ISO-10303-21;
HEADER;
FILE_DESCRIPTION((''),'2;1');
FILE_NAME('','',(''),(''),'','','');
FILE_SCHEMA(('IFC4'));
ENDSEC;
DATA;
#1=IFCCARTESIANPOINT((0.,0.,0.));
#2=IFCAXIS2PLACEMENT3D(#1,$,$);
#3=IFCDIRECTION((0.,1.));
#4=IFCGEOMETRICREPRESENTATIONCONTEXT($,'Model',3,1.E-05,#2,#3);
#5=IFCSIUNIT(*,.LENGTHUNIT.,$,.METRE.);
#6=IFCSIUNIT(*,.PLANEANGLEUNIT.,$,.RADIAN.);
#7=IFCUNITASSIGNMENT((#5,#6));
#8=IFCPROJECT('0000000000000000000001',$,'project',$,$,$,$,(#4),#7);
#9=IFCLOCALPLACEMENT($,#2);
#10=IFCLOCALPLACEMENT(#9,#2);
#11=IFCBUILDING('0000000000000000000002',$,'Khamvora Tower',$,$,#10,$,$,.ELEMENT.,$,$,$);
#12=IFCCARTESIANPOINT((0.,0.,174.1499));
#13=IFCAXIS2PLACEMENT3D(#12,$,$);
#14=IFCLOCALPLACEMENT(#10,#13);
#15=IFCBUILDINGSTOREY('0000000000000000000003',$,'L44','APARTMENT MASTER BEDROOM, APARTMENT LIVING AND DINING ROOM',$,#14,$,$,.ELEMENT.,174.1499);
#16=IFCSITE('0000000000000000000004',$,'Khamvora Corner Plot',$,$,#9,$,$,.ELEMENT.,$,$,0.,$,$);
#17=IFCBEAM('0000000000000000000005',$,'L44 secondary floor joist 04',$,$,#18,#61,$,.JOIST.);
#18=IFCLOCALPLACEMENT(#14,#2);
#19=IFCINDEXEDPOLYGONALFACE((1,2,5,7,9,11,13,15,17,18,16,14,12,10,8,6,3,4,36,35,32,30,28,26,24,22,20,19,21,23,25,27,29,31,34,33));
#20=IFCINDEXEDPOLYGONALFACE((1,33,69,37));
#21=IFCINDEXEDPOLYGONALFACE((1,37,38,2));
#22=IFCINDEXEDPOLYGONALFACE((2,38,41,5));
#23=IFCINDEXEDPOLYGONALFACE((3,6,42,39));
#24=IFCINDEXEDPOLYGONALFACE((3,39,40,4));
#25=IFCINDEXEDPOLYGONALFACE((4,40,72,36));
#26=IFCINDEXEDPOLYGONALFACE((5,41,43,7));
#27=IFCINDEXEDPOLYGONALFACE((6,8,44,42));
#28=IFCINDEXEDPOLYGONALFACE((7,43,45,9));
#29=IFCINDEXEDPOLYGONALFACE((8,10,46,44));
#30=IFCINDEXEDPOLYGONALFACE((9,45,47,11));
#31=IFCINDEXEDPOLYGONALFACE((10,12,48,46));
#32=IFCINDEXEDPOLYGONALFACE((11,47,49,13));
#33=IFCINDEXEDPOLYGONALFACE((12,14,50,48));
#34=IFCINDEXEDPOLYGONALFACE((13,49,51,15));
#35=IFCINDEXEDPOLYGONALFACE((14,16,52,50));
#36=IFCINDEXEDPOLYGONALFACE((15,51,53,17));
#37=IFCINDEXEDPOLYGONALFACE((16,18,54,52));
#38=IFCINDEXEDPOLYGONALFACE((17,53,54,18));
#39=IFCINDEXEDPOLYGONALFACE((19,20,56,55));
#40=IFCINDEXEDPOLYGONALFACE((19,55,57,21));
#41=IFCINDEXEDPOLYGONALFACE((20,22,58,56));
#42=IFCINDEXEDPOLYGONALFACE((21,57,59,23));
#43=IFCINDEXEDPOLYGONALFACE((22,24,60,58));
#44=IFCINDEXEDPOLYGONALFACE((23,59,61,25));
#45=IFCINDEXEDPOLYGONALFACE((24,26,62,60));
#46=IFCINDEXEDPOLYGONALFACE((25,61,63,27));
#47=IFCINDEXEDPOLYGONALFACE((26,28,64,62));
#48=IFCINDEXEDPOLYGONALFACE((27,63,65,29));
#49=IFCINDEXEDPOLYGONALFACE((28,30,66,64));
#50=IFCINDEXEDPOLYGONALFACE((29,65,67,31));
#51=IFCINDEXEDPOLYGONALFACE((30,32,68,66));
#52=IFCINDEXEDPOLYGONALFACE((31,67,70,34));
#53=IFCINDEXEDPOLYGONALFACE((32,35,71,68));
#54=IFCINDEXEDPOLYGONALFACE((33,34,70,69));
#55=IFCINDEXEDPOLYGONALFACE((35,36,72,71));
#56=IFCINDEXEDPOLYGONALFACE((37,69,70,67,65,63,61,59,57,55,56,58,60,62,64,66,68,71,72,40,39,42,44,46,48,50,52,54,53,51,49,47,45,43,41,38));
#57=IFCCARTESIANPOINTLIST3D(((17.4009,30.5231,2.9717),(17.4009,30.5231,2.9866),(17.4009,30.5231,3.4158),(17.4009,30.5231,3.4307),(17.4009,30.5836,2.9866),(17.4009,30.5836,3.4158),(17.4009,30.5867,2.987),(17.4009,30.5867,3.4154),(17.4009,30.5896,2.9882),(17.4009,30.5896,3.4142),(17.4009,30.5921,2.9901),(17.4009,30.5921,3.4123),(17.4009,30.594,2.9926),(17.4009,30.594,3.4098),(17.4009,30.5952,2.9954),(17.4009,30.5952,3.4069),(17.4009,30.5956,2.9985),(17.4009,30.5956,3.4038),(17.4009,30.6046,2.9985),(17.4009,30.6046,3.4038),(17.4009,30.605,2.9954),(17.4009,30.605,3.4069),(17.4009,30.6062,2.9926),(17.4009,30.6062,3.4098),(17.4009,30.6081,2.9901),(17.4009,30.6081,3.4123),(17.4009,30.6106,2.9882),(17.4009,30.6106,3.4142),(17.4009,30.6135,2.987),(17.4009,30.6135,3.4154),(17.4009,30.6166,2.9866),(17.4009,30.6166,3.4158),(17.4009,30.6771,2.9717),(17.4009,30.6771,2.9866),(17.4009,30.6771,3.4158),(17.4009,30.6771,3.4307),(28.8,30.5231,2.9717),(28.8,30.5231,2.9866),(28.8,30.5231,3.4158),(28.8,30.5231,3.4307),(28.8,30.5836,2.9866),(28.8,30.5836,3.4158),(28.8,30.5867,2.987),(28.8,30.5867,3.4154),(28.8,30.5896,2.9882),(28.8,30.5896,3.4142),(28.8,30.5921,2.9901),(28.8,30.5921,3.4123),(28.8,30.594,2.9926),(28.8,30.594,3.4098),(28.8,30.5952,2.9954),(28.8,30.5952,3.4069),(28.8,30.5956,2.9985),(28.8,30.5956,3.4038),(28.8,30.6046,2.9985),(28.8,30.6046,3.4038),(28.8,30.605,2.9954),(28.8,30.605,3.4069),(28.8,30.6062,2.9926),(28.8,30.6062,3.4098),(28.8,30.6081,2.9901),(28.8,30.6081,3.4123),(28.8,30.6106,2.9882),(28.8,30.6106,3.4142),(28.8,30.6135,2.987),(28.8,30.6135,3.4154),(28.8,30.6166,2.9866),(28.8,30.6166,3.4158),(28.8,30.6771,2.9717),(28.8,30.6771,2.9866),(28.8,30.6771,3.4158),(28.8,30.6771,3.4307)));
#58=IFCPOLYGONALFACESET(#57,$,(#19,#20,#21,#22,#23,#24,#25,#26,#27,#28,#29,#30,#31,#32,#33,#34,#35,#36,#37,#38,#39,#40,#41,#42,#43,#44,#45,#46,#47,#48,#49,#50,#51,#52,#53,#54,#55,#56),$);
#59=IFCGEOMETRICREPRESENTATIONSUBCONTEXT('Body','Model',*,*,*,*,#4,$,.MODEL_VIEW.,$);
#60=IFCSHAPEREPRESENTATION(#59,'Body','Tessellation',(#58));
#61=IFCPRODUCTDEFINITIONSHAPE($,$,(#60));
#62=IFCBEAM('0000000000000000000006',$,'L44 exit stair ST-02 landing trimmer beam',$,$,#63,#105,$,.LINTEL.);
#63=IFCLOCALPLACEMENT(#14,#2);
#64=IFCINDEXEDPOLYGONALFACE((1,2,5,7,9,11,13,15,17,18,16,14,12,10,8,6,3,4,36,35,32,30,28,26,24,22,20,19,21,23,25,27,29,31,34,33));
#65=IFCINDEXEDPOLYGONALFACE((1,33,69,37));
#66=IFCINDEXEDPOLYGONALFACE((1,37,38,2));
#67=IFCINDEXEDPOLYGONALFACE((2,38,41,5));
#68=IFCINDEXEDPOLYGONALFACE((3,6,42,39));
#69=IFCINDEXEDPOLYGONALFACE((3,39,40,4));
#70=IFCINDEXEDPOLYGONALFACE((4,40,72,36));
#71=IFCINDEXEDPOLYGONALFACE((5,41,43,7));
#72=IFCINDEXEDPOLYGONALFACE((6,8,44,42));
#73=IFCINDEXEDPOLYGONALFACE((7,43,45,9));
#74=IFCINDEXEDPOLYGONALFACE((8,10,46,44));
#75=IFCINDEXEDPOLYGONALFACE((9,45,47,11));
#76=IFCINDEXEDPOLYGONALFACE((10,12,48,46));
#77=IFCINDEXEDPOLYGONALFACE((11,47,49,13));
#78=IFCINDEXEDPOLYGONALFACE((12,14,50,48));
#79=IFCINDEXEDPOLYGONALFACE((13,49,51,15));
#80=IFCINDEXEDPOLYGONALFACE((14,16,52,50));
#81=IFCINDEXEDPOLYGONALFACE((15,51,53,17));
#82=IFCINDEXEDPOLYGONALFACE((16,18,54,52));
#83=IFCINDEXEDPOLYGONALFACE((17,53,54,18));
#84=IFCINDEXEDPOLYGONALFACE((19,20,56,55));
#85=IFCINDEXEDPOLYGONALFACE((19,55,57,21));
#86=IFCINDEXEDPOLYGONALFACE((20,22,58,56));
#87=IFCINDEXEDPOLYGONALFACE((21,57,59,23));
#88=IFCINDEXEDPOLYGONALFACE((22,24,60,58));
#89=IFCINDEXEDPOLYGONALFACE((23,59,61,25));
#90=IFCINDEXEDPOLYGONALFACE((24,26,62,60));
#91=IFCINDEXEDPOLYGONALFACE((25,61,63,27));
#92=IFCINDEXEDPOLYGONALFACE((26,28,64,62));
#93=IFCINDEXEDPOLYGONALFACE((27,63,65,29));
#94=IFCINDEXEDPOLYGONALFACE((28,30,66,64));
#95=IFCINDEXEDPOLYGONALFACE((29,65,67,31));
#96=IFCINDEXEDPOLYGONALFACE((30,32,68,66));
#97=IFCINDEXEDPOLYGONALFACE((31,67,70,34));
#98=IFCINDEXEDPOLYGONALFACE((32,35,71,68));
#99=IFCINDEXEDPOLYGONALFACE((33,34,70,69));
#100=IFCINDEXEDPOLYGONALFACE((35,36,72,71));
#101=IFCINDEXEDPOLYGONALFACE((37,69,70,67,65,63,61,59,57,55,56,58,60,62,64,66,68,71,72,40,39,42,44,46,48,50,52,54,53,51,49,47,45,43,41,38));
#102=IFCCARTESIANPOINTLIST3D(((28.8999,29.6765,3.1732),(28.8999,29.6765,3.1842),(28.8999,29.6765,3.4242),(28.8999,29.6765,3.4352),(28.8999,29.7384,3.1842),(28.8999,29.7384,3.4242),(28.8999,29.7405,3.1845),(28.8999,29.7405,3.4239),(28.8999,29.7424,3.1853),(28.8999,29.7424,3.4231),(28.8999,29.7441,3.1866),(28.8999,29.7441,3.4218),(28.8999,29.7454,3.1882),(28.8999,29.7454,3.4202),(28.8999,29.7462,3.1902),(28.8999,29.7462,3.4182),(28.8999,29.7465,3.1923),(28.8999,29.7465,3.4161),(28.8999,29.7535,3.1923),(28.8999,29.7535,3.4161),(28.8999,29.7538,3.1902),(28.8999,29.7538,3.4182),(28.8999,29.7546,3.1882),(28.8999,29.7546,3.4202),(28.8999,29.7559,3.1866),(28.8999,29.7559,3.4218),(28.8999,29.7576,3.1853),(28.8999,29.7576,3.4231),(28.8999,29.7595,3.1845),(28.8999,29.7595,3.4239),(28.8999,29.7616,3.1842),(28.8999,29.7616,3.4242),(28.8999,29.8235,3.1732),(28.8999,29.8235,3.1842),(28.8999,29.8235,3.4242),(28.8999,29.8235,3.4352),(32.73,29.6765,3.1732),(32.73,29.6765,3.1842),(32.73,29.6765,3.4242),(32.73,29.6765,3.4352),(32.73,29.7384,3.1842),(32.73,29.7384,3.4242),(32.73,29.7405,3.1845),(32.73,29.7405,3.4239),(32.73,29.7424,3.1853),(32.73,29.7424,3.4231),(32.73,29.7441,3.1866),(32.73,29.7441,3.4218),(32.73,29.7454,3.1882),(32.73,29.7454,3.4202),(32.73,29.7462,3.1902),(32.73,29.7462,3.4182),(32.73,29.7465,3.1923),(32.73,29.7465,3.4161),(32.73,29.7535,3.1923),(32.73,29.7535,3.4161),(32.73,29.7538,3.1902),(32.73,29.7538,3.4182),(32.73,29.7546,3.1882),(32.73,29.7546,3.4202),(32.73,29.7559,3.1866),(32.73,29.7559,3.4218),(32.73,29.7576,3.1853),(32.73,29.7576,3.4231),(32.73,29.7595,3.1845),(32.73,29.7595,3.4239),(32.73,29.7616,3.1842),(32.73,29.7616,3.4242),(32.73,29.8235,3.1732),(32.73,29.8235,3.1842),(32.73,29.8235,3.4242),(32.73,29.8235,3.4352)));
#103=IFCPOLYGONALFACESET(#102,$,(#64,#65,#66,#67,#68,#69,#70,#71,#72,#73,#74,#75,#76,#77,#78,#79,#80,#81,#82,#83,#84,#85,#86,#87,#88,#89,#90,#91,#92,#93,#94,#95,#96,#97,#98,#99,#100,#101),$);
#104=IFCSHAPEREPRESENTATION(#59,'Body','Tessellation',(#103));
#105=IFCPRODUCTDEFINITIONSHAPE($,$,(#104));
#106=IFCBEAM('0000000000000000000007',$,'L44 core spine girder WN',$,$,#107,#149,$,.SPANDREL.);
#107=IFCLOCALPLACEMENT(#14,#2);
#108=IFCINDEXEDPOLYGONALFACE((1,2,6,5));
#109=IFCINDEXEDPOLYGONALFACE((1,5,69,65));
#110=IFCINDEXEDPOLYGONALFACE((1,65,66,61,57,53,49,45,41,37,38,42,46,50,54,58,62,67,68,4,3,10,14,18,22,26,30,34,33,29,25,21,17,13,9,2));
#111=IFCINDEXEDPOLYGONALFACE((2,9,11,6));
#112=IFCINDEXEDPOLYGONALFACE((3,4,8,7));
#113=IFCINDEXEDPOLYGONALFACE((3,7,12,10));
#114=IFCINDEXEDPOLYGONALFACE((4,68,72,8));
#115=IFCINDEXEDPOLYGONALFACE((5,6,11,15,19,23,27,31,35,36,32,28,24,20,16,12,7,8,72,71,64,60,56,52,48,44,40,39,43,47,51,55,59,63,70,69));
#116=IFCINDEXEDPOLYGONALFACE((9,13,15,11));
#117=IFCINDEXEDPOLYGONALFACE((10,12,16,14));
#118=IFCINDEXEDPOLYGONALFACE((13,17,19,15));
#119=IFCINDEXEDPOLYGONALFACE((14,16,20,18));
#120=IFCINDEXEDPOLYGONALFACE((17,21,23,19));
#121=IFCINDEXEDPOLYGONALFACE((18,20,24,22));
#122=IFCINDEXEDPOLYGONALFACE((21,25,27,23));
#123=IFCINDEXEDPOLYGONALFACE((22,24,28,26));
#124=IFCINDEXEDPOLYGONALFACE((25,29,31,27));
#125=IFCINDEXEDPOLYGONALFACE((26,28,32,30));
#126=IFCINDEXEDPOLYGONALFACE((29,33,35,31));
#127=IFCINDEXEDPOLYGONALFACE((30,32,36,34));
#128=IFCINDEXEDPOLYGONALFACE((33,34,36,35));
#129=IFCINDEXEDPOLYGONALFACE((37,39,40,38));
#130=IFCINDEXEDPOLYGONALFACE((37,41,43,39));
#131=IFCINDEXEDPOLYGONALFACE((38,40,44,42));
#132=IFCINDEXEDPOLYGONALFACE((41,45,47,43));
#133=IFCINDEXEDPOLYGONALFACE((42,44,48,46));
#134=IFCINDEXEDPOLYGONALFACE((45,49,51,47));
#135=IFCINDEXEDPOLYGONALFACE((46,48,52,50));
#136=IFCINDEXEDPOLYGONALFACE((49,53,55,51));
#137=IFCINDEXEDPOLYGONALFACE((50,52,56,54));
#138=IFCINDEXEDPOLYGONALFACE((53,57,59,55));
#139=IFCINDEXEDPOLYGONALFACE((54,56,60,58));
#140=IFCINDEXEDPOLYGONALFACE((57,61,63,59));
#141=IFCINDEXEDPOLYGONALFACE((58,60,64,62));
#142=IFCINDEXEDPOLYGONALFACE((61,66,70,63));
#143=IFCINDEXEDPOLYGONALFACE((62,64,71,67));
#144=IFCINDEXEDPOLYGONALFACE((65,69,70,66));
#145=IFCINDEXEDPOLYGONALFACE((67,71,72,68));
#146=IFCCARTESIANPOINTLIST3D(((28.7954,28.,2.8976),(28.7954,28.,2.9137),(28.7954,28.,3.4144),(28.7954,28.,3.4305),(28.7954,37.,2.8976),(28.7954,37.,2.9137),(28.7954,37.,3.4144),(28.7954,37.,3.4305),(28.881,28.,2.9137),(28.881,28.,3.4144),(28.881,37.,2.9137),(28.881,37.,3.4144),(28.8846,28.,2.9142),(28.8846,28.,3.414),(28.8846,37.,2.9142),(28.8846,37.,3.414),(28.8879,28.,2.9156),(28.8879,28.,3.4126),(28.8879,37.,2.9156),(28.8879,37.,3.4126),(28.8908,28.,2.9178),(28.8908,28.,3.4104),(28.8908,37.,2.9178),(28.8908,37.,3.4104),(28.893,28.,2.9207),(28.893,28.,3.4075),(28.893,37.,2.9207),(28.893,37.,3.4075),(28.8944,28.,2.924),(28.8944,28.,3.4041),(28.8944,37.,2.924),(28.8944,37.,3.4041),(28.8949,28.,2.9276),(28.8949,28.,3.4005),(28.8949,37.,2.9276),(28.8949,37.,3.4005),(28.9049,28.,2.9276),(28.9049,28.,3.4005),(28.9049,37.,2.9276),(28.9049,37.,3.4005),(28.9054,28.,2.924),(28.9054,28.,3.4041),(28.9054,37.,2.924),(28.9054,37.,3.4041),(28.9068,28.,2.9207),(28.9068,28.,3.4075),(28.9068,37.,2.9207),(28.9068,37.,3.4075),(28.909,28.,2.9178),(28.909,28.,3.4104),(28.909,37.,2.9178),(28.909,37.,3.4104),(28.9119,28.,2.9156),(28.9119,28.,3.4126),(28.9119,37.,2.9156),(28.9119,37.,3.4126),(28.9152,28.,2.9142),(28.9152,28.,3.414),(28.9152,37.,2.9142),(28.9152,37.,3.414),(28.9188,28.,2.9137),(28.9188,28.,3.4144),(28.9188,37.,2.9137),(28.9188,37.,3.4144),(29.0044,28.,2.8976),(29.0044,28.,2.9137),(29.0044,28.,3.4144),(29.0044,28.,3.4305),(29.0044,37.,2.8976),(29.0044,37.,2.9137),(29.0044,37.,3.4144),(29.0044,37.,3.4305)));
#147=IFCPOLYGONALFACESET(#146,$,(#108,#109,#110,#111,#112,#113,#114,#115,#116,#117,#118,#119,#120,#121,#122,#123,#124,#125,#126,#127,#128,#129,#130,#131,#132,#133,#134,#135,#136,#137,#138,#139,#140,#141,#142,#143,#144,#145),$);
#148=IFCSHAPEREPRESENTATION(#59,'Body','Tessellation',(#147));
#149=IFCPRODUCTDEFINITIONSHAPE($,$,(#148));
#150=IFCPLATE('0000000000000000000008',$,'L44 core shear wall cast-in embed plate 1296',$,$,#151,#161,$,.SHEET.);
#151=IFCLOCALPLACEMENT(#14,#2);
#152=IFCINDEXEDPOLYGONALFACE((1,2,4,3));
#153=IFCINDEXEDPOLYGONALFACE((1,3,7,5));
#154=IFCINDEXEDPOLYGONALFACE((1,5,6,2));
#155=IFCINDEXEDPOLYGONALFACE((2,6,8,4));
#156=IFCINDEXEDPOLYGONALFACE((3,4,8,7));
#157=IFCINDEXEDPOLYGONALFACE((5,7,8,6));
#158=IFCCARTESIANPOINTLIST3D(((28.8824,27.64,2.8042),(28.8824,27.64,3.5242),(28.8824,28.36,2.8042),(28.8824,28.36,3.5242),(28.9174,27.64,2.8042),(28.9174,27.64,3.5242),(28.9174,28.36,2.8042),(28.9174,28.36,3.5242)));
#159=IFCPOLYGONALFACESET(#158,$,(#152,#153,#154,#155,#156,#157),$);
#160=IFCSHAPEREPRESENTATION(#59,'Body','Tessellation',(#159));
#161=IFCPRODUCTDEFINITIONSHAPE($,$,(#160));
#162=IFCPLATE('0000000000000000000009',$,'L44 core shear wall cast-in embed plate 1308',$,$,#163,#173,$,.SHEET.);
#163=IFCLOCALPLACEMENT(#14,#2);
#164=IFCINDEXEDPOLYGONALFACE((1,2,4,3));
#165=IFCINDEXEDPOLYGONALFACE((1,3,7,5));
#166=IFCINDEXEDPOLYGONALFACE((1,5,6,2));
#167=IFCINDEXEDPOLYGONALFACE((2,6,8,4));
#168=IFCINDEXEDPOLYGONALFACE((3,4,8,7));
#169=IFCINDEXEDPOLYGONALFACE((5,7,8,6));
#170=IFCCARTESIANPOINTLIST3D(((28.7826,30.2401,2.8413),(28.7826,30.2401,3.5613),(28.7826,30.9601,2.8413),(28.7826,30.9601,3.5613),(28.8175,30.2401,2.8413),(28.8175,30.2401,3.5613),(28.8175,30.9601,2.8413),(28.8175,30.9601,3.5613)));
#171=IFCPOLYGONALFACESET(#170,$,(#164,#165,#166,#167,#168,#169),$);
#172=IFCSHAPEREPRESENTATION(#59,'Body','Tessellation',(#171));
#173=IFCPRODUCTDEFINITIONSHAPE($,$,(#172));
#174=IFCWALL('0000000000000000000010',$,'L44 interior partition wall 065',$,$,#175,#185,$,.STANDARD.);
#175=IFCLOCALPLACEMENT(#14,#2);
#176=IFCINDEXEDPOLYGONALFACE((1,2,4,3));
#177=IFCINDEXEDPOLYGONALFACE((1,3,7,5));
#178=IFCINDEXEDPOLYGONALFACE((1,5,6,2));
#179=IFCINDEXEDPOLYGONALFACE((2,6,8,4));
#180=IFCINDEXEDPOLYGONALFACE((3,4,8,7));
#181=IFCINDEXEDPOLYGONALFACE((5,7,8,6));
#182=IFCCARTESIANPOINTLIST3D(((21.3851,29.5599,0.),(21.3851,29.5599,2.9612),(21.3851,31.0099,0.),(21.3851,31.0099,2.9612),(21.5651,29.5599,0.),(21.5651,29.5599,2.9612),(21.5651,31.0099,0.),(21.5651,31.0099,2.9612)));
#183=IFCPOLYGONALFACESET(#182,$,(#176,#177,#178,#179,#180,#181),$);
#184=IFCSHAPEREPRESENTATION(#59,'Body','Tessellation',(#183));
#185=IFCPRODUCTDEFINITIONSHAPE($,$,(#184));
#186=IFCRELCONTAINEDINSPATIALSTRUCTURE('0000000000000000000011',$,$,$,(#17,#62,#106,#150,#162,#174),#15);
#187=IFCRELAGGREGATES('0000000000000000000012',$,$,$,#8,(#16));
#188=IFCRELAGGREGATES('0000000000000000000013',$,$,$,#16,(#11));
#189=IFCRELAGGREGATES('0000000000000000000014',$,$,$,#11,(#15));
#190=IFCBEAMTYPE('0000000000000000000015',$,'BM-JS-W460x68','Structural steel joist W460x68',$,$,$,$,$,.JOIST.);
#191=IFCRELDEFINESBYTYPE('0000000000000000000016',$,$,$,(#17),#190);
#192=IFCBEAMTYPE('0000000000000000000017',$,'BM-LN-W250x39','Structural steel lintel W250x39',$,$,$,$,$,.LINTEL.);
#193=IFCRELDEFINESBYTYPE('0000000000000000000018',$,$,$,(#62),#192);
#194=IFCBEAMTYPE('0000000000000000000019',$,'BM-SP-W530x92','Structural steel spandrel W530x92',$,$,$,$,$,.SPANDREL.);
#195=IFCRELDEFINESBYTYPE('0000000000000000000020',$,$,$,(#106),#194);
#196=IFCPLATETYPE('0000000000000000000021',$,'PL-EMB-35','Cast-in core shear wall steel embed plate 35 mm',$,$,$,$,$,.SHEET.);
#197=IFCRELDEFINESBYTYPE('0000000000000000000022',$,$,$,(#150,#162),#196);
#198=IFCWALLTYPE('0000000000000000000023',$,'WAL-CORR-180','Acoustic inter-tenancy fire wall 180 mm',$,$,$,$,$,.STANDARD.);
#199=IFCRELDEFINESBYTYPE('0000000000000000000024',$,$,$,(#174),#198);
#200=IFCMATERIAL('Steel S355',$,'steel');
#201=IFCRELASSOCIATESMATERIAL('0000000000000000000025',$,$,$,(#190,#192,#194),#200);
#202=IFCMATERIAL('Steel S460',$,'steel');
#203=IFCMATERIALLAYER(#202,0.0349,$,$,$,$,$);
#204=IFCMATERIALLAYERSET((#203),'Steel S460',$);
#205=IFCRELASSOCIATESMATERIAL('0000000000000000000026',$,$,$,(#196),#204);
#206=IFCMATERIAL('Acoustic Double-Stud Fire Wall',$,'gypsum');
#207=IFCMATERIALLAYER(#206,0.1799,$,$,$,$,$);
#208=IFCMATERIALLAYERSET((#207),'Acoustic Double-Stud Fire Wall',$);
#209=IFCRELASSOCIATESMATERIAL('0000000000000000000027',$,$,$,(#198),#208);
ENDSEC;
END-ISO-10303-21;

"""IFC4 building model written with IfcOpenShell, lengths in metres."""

from ifc_helpers import new_model, si_unit, direction, frame, frame_2d, origin, origin_2d, place, context, subcontext, project, spatial, rectangle, i_section, extrude, material, layer, layer_set, material_profile, profile_set, type_object, element, save


model = new_model("IFC4")

# Units and contexts
model_context = context("Model", 3, precision=1e-05, world=origin(), true_north=direction((0.0, 1.0)))
body_context = subcontext(model_context, "Body", "Model", "MODEL_VIEW")
ifc_project = project(units=[si_unit("LENGTHUNIT", "METRE"), si_unit("PLANEANGLEUNIT", "RADIAN")], contexts=[model_context])

# Site, building, storey
site_placement = place(None, origin())
site = spatial("IfcSite", under=ifc_project, at=site_placement, Name="Khamvora Corner Plot", CompositionType="ELEMENT", RefElevation=0.0)
building_placement = place(site_placement, origin())
building = spatial("IfcBuilding", under=site, at=building_placement, Name="Khamvora Tower", CompositionType="ELEMENT")
storey_placement = place(building_placement, frame((0.0, 0.0, 174.1499)))
storey = spatial("IfcBuildingStorey", under=building, at=storey_placement, Name="L44", Description="APARTMENT MASTER BEDROOM, APARTMENT LIVING AND DINING ROOM", CompositionType="ELEMENT", Elevation=174.1499)

# Beams
ifc_material_1 = material(Name="Steel S355", Category="steel")
ifc_material_profile_1 = material_profile(ifc_material_1, i_section(OverallWidth=0.1541, OverallDepth=0.459, WebThickness=0.009, FlangeThickness=0.0149, FilletRadius=0.012, at=origin_2d()), Name="W460x68")
ifc_profile_set_1 = profile_set([ifc_material_profile_1], Name="Steel S355")
beam_type_1 = type_object("IfcBeamType", Name="BM-JS-W460x68", Description="Structural steel joist W460x68", PredefinedType="JOIST", material=ifc_profile_set_1)
beam_1_placement = place(storey_placement, frame((17.4009, 30.6001, 3.2012), z_axis=(1.0, 0.0, 0.0), x_axis=(0.0, 1.0, 0.0)))
element("IfcBeam", 1, at=beam_1_placement, inside=storey, type_object=beam_type_1, Name="L44 secondary floor joist 04", PredefinedType="JOIST", context=body_context, shape_type="SweptSolid", body=[
    extrude(i_section(OverallWidth=0.1541, OverallDepth=0.459, WebThickness=0.009, FlangeThickness=0.0149, FilletRadius=0.012, at=origin_2d()), origin(), (0.0, 0.0, 1.0), 11.3992),
])
ifc_material_profile_2 = material_profile(ifc_material_1, i_section(OverallWidth=0.147, OverallDepth=0.262, WebThickness=0.0071, FlangeThickness=0.011, FilletRadius=0.0081, at=origin_2d()), Name="W250x39")
ifc_profile_set_2 = profile_set([ifc_material_profile_2], Name="Steel S355")
beam_type_2 = type_object("IfcBeamType", Name="BM-LN-W250x39", Description="Structural steel lintel W250x39", PredefinedType="LINTEL", material=ifc_profile_set_2)
beam_2_placement = place(storey_placement, frame((28.8999, 29.75, 3.3042), z_axis=(1.0, 0.0, 0.0), x_axis=(0.0, 1.0, 0.0)))
element("IfcBeam", 2, at=beam_2_placement, inside=storey, type_object=beam_type_2, Name="L44 exit stair ST-02 landing trimmer beam", PredefinedType="LINTEL", context=body_context, shape_type="SweptSolid", body=[
    extrude(i_section(OverallWidth=0.147, OverallDepth=0.262, WebThickness=0.0071, FlangeThickness=0.011, FilletRadius=0.0081, at=origin_2d()), origin(), (0.0, 0.0, 1.0), 3.8301),
])
ifc_material_profile_3 = material_profile(ifc_material_1, i_section(OverallWidth=0.209, OverallDepth=0.533, WebThickness=0.01, FlangeThickness=0.0161, FilletRadius=0.0139, at=origin_2d()), Name="W530x92")
ifc_profile_set_3 = profile_set([ifc_material_profile_3], Name="Steel S355")
beam_type_3 = type_object("IfcBeamType", Name="BM-SP-W530x92", Description="Structural steel spandrel W530x92", PredefinedType="SPANDREL", material=ifc_profile_set_3)
beam_3_placement = place(storey_placement, frame((28.8999, 28.0, 3.1641), z_axis=(0.0, 1.0, 0.0), x_axis=(-1.0, 0.0, 0.0)))
element("IfcBeam", 3, at=beam_3_placement, inside=storey, type_object=beam_type_3, Name="L44 core spine girder WN", PredefinedType="SPANDREL", context=body_context, shape_type="SweptSolid", body=[
    extrude(i_section(OverallWidth=0.209, OverallDepth=0.533, WebThickness=0.01, FlangeThickness=0.0161, FilletRadius=0.0139, at=origin_2d()), origin(), (0.0, 0.0, 1.0), 9.0),
])

# Plates
ifc_material_2 = material(Name="Steel S460", Category="steel")
ifc_layer_1 = layer(ifc_material_2, 0.0349)
ifc_layer_set_1 = layer_set([ifc_layer_1], Name="Steel S460")
plate_type = type_object("IfcPlateType", Name="PL-EMB-35", Description="Cast-in core shear wall steel embed plate 35 mm", PredefinedType="SHEET", material=ifc_layer_set_1)
for number, where, z_axis, x_axis, name in (
    (4, (28.8999, 28.0, 2.8042), (0.0, 0.0, 1.0), (1.0, 0.0, 0.0), "L44 core shear wall cast-in embed plate 1296"),
    (5, (28.8, 30.6001, 2.8413), (0.0, 0.0, 1.0), (1.0, 0.0, 0.0), "L44 core shear wall cast-in embed plate 1308"),
):
    element("IfcPlate", number, at=place(storey_placement, frame(where, z_axis=z_axis, x_axis=x_axis)), inside=storey, type_object=plate_type, Name=name, PredefinedType="SHEET", context=body_context, shape_type="SweptSolid", body=[
        extrude(rectangle(XDim=0.0349, YDim=0.72, at=origin_2d()), origin(), (0.0, 0.0, 1.0), 0.72),
    ])

# Wall
ifc_material_3 = material(Name="Acoustic Double-Stud Fire Wall", Category="gypsum")
ifc_layer_2 = layer(ifc_material_3, 0.1799)
ifc_layer_set_2 = layer_set([ifc_layer_2], Name="Acoustic Double-Stud Fire Wall")
wall_type_1 = type_object("IfcWallType", Name="WAL-CORR-180", Description="Acoustic inter-tenancy fire wall 180 mm", PredefinedType="STANDARD", material=ifc_layer_set_2)
wall_1_placement = place(storey_placement, frame((21.4751, 31.01, 0.0), z_axis=(0.0, 0.0, 1.0), x_axis=(0.0, -1.0, 0.0)))
element("IfcWall", 6, at=wall_1_placement, inside=storey, type_object=wall_type_1, Name="L44 interior partition wall 065", PredefinedType="STANDARD", context=body_context, shape_type="SweptSolid", body=[
    extrude(rectangle(XDim=1.45, YDim=0.1799, at=frame_2d((0.7251, 0.0))), origin(), (0.0, 0.0, 1.0), 2.9612),
])

save(model, "model.ifc")
